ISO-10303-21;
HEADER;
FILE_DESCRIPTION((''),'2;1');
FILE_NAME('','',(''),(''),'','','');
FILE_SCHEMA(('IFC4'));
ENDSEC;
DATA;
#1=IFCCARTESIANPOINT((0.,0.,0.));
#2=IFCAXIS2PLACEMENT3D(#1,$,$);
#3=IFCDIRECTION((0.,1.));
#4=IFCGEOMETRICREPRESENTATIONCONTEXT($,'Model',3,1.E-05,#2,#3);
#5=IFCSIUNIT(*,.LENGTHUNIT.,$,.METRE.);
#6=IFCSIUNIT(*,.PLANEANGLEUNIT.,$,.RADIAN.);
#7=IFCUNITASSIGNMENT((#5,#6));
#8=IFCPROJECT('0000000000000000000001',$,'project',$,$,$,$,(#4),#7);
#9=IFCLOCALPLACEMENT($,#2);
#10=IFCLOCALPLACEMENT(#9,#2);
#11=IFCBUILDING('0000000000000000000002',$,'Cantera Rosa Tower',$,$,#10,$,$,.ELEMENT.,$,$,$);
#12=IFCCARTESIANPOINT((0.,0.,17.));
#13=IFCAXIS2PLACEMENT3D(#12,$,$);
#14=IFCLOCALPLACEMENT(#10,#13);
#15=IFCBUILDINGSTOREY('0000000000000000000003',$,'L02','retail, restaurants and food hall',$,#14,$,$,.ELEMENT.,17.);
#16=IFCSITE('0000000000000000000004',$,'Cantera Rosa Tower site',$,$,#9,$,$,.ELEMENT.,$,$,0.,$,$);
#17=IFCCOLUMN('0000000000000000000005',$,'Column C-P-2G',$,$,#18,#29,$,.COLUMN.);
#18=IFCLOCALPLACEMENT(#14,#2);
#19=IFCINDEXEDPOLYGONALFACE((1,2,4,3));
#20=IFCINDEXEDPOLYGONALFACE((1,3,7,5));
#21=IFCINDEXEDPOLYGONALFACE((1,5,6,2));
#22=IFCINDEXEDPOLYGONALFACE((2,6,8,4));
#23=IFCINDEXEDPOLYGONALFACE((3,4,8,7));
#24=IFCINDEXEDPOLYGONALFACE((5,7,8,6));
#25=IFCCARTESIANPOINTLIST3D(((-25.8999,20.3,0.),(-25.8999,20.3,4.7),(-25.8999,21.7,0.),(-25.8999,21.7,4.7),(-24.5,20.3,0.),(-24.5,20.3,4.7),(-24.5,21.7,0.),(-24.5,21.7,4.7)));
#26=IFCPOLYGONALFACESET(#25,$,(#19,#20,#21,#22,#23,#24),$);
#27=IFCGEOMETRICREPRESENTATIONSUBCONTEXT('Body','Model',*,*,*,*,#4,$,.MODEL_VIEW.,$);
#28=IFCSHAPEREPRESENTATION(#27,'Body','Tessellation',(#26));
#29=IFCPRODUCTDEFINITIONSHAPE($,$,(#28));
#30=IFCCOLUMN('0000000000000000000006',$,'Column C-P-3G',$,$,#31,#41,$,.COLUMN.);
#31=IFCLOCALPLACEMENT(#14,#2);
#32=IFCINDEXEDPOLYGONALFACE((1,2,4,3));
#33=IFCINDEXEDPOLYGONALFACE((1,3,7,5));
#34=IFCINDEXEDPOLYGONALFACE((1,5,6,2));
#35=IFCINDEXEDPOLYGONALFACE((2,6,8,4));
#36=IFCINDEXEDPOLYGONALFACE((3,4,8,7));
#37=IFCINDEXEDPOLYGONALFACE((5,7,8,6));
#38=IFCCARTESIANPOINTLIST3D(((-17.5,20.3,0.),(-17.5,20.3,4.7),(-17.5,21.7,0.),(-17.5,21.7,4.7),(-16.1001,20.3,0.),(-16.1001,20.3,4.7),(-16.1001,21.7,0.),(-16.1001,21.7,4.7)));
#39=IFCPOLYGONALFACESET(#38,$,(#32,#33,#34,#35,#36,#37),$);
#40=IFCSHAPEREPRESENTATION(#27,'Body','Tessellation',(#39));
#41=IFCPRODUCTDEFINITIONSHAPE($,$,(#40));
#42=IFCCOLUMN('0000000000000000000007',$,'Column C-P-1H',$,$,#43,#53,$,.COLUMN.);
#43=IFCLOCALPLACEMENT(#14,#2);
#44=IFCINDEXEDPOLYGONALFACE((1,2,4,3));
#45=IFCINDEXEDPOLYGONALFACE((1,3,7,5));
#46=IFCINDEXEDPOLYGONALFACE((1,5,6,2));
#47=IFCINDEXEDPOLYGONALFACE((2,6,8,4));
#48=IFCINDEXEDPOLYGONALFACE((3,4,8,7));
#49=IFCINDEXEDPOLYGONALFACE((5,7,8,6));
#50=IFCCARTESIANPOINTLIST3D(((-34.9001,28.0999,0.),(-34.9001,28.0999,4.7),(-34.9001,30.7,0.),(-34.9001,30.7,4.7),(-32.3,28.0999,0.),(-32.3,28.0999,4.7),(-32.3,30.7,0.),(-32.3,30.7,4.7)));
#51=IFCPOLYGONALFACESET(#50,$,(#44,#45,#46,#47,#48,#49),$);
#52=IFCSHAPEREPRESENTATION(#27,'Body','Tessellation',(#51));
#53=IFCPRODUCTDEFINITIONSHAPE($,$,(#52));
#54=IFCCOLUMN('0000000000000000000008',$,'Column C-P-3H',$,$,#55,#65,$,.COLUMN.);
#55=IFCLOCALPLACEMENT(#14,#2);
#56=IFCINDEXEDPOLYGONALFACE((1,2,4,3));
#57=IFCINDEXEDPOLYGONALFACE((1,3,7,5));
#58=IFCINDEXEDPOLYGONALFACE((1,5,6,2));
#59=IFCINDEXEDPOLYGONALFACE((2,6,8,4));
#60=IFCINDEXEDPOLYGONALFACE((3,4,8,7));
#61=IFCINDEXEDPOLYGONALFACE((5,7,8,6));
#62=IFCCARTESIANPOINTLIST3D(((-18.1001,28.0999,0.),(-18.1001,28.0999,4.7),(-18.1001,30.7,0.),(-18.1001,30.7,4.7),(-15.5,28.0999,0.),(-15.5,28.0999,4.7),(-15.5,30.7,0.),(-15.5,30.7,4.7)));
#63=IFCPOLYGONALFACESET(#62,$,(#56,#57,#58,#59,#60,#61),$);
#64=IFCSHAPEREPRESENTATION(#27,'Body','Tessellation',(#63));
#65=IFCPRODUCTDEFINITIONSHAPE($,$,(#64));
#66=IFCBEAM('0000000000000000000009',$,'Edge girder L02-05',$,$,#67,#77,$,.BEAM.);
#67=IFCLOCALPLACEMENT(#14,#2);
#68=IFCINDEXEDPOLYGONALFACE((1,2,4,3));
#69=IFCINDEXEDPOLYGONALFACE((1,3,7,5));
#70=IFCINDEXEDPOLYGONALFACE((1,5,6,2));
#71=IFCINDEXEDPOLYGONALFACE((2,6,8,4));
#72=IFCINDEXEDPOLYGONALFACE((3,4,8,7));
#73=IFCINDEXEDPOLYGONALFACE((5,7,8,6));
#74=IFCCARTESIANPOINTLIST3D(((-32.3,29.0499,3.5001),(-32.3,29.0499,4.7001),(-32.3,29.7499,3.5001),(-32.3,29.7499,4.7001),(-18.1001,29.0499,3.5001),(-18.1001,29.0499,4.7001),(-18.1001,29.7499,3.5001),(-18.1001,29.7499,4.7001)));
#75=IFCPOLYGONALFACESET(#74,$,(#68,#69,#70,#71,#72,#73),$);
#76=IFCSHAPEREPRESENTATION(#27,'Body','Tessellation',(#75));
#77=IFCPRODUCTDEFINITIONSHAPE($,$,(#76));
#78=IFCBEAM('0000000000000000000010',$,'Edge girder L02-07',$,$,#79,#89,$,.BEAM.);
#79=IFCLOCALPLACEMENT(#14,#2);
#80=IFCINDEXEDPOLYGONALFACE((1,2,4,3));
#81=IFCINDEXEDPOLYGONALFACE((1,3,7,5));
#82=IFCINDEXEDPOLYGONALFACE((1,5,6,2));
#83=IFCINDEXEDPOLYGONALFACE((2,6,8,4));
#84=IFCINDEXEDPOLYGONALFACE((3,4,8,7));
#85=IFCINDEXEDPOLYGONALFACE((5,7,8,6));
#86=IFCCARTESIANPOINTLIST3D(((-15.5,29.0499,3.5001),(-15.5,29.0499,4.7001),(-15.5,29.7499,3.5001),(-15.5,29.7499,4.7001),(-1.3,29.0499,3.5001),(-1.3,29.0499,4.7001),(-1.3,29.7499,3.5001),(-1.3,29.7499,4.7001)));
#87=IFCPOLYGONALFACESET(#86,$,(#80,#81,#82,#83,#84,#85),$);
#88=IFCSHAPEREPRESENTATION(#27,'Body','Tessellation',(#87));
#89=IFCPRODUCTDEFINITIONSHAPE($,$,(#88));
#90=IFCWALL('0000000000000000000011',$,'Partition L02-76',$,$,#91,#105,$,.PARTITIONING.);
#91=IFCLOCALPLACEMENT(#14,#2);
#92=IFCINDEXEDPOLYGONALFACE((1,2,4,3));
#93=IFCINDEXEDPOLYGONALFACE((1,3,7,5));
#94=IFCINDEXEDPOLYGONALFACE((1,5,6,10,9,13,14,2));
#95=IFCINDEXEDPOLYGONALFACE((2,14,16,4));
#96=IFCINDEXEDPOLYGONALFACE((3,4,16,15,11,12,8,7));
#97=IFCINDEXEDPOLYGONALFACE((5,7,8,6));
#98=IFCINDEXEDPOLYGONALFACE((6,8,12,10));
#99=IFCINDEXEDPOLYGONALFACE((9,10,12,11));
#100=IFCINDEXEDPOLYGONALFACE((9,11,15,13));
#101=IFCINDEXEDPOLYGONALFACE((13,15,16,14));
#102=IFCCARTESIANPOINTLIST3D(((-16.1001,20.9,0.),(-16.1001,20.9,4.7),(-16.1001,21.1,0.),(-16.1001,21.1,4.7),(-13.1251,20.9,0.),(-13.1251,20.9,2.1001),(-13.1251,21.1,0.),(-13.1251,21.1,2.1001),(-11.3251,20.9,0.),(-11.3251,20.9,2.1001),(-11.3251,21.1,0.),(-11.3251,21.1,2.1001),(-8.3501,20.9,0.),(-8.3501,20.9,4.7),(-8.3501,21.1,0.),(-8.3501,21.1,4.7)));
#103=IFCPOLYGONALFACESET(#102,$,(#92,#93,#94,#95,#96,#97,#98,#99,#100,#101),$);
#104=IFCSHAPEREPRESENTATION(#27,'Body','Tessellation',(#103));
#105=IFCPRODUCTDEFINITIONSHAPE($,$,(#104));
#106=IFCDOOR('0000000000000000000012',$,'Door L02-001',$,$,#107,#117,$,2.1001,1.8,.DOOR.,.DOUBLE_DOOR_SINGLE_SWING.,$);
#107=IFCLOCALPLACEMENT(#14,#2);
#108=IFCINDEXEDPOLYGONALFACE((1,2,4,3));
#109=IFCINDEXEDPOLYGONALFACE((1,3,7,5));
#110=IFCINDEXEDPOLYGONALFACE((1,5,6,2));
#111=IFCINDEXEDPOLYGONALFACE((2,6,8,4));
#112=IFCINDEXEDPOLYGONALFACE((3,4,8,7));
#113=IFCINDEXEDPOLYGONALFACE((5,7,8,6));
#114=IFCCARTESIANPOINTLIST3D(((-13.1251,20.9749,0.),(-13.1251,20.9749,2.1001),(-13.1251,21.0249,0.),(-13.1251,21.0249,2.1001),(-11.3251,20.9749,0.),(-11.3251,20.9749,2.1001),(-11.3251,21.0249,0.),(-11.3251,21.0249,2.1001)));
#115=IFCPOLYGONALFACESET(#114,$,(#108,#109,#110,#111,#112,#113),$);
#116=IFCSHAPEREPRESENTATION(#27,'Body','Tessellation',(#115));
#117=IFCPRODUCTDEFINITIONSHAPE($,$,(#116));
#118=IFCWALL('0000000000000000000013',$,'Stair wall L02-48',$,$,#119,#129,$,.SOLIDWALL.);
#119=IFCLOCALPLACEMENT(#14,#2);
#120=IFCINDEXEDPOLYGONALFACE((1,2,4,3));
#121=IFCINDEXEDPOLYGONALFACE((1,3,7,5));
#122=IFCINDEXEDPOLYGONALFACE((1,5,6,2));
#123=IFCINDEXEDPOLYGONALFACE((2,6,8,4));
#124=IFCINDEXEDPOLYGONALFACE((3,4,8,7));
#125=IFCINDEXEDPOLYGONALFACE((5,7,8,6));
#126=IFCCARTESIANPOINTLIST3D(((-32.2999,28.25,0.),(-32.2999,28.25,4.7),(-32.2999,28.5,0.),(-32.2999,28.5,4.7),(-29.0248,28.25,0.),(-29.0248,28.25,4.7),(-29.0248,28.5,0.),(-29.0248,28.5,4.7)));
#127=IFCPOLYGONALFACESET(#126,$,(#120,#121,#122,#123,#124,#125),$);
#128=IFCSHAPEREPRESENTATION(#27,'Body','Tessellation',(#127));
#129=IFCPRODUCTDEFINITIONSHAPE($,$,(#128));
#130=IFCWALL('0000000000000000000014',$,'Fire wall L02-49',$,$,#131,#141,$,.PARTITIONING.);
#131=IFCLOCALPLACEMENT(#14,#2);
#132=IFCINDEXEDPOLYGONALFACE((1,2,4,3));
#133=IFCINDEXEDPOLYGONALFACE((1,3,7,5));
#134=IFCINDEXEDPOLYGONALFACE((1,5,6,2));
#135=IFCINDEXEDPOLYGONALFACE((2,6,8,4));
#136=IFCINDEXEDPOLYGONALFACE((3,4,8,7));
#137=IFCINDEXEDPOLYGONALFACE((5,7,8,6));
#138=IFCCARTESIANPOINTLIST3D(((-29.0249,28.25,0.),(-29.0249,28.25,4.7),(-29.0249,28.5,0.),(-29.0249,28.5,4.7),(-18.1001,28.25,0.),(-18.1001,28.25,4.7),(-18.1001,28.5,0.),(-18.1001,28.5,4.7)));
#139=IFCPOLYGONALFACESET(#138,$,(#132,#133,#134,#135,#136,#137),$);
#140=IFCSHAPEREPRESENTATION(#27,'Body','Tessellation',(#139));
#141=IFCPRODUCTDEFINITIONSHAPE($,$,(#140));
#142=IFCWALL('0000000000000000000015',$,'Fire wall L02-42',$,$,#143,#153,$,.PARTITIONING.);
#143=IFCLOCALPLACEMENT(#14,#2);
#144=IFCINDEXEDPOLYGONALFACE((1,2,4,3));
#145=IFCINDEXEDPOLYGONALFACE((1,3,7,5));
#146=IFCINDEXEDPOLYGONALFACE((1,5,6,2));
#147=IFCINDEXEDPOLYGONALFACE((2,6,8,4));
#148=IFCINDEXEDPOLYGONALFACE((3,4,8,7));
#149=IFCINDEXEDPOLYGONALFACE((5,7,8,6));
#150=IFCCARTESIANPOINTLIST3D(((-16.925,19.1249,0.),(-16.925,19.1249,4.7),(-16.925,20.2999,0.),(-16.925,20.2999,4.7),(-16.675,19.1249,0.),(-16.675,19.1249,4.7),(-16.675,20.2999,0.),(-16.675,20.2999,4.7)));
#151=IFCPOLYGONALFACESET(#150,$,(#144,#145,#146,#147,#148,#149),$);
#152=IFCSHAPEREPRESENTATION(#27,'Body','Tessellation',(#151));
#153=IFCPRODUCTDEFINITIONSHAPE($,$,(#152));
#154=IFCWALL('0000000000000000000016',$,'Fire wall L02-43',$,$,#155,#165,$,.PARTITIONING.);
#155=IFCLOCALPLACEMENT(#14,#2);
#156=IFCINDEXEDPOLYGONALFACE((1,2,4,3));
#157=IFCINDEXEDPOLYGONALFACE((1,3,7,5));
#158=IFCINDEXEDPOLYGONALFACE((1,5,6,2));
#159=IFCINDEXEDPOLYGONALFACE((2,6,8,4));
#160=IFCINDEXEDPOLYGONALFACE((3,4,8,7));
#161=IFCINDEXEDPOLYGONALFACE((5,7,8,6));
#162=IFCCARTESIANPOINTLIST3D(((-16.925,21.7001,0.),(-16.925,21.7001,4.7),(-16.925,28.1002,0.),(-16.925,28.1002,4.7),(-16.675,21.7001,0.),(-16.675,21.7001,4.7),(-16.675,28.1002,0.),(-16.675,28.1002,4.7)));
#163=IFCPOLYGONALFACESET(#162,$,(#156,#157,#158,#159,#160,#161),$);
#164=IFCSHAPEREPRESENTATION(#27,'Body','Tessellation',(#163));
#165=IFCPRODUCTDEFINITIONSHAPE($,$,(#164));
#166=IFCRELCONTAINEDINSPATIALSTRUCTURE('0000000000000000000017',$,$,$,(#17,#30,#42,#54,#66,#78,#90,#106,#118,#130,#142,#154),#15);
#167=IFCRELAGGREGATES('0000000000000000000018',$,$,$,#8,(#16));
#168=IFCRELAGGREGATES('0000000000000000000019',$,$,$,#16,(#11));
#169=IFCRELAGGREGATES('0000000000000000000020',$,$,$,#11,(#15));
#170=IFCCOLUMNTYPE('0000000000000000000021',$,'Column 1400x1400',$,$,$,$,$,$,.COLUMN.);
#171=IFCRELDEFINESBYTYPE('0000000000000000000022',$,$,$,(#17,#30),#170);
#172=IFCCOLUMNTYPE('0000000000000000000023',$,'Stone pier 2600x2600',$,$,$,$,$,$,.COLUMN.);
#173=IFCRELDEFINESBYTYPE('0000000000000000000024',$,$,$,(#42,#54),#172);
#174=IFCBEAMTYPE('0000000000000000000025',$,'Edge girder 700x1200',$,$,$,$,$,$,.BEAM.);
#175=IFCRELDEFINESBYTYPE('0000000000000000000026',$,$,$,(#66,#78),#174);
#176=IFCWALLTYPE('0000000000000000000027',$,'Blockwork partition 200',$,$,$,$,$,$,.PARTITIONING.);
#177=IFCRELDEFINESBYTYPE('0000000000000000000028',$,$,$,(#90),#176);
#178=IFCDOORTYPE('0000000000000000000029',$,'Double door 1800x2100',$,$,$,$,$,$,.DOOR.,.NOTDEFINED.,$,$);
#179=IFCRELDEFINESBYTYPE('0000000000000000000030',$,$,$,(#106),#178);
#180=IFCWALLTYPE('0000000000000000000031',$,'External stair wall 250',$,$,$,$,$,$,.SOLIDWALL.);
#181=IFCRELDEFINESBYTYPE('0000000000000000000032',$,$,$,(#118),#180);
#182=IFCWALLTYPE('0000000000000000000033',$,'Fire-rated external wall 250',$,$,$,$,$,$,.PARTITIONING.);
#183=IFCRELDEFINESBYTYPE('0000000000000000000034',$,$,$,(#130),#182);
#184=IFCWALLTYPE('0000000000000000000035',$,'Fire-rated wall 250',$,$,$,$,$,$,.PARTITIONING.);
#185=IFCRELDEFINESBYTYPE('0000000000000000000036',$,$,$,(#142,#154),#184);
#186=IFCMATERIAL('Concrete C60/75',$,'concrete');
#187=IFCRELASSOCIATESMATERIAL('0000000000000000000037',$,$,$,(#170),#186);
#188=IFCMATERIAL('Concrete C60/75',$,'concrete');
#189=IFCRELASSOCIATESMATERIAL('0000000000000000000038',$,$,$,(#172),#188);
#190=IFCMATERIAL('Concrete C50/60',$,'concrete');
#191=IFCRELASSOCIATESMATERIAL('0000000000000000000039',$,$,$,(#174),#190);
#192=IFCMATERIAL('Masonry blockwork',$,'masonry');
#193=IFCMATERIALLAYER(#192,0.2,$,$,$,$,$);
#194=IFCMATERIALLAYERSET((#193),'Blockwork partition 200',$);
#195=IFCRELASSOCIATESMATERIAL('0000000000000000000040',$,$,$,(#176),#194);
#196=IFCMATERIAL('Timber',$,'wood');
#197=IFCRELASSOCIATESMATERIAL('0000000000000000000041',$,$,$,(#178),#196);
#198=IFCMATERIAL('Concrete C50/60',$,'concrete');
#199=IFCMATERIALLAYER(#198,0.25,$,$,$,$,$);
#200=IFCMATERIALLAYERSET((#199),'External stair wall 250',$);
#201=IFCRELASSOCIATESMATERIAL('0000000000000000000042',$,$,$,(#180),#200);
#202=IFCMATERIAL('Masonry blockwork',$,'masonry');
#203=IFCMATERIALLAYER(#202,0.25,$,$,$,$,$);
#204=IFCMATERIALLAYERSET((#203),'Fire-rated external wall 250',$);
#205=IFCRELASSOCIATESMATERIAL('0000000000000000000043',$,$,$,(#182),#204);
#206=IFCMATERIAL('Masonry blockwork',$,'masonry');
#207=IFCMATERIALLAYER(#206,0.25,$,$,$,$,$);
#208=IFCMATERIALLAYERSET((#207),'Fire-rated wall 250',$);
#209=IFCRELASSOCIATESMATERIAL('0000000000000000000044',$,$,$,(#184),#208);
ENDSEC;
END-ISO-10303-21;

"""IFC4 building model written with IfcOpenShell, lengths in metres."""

from ifc_helpers import new_model, si_unit, direction, frame, frame_2d, origin, origin_2d, place, context, subcontext, project, spatial, rectangle, extrude, material, layer, layer_set, material_profile, profile_set, type_object, element, fill, save


model = new_model("IFC4")

# Units and contexts
model_context = context("Model", 3, precision=1e-05, world=origin(), true_north=direction((0.0, 1.0)))
body_context = subcontext(model_context, "Body", "Model", "MODEL_VIEW")
ifc_project = project(units=[si_unit("LENGTHUNIT", "METRE"), si_unit("PLANEANGLEUNIT", "RADIAN")], contexts=[model_context])

# Site, building, storey
site_placement = place(None, origin())
site = spatial("IfcSite", under=ifc_project, at=site_placement, Name="Cantera Rosa Tower site", CompositionType="ELEMENT", RefElevation=0.0)
building_placement = place(site_placement, origin())
building = spatial("IfcBuilding", under=site, at=building_placement, Name="Cantera Rosa Tower", CompositionType="ELEMENT")
storey_placement = place(building_placement, frame((0.0, 0.0, 17.0)))
storey = spatial("IfcBuildingStorey", under=building, at=storey_placement, Name="L02", Description="retail, restaurants and food hall", CompositionType="ELEMENT", Elevation=17.0)

# Columns
ifc_material_1 = material(Name="Concrete C60/75", Category="concrete")
ifc_material_profile_1 = material_profile(ifc_material_1, rectangle(XDim=1.3999, YDim=1.3999, at=origin_2d()), Name="Column 1400x1400")
ifc_profile_set_1 = profile_set([ifc_material_profile_1], Name="Concrete C60/75")
column_type_1 = type_object("IfcColumnType", Name="Column 1400x1400", PredefinedType="COLUMN", material=ifc_profile_set_1)
for number, where, z_axis, x_axis, name in (
    (1, (-25.2, 21.0, 0.0), (0.0, 0.0, 1.0), (1.0, 0.0, 0.0), "Column C-P-2G"),
    (2, (-16.8, 21.0, 0.0), (0.0, 0.0, 1.0), (1.0, 0.0, 0.0), "Column C-P-3G"),
):
    element("IfcColumn", number, at=place(storey_placement, frame(where, z_axis=z_axis, x_axis=x_axis)), inside=storey, type_object=column_type_1, Name=name, PredefinedType="COLUMN", context=body_context, shape_type="SweptSolid", body=[
        extrude(rectangle(XDim=1.3999, YDim=1.3999, at=origin_2d()), origin(), (0.0, 0.0, 1.0), 4.7),
    ])
ifc_material_2 = material(Name="Concrete C60/75", Category="concrete")
ifc_material_profile_2 = material_profile(ifc_material_2, rectangle(XDim=2.6001, YDim=2.6001, at=origin_2d()), Name="Stone pier 2600x2600")
ifc_profile_set_2 = profile_set([ifc_material_profile_2], Name="Concrete C60/75")
column_type_2 = type_object("IfcColumnType", Name="Stone pier 2600x2600", PredefinedType="COLUMN", material=ifc_profile_set_2)
for number, where, z_axis, x_axis, name in (
    (3, (-33.6001, 29.3999, 0.0), (0.0, 0.0, 1.0), (1.0, 0.0, 0.0), "Column C-P-1H"),
    (4, (-16.8, 29.3999, 0.0), (0.0, 0.0, 1.0), (1.0, 0.0, 0.0), "Column C-P-3H"),
):
    element("IfcColumn", number, at=place(storey_placement, frame(where, z_axis=z_axis, x_axis=x_axis)), inside=storey, type_object=column_type_2, Name=name, PredefinedType="COLUMN", context=body_context, shape_type="SweptSolid", body=[
        extrude(rectangle(XDim=2.6001, YDim=2.6001, at=origin_2d()), origin(), (0.0, 0.0, 1.0), 4.7),
    ])

# Beams
ifc_material_3 = material(Name="Concrete C50/60", Category="concrete")
ifc_material_profile_3 = material_profile(ifc_material_3, rectangle(XDim=0.7, YDim=1.2, at=origin_2d()), Name="Edge girder 700x1200")
ifc_profile_set_3 = profile_set([ifc_material_profile_3], Name="Concrete C50/60")
beam_type = type_object("IfcBeamType", Name="Edge girder 700x1200", PredefinedType="BEAM", material=ifc_profile_set_3)
for number, where, z_axis, x_axis, name in (
    (5, (-32.3, 29.3999, 4.1001), (1.0, 0.0, 0.0), (0.0, 1.0, 0.0), "Edge girder L02-05"),
    (6, (-15.5, 29.3999, 4.1001), (1.0, 0.0, 0.0), (0.0, 1.0, 0.0), "Edge girder L02-07"),
):
    element("IfcBeam", number, at=place(storey_placement, frame(where, z_axis=z_axis, x_axis=x_axis)), inside=storey, type_object=beam_type, Name=name, PredefinedType="BEAM", context=body_context, shape_type="SweptSolid", body=[
        extrude(rectangle(XDim=0.7, YDim=1.2, at=origin_2d()), origin(), (0.0, 0.0, 1.0), 14.2),
    ])

# Wall, opening, door
ifc_material_4 = material(Name="Masonry blockwork", Category="masonry")
ifc_layer_1 = layer(ifc_material_4, 0.2)
ifc_layer_set_1 = layer_set([ifc_layer_1], Name="Blockwork partition 200")
wall_type_1 = type_object("IfcWallType", Name="Blockwork partition 200", PredefinedType="PARTITIONING", material=ifc_layer_set_1)
wall_1_placement = place(storey_placement, frame((-16.1001, 21.0, 0.0), z_axis=(0.0, 0.0, 1.0), x_axis=(1.0, 0.0, 0.0)))
wall_1 = element("IfcWall", 7, at=wall_1_placement, inside=storey, type_object=wall_type_1, Name="Partition L02-76", PredefinedType="PARTITIONING", context=body_context, shape_type="SweptSolid", body=[
    extrude(rectangle(XDim=7.75, YDim=0.2, at=frame_2d((3.875, 0.0))), origin(), (0.0, 0.0, 1.0), 4.7),
])
opening_1_placement = place(wall_1_placement, frame((2.9751, 0.0, 0.0)))
opening_1 = element("IfcOpeningElement", 8, at=opening_1_placement, cuts=wall_1, PredefinedType="OPENING", context=body_context, shape_type="SweptSolid", body=[
    extrude(rectangle(XDim=1.8, YDim=2.1001, at=frame_2d((0.8999, 1.05))), frame((0.0, 0.1099, 0.0), z_axis=(0.0, -1.0, 0.0), x_axis=(1.0, 0.0, 0.0)), (0.0, 0.0, 1.0), 0.22),
])
ifc_material_5 = material(Name="Timber", Category="wood")
door_type_1 = type_object("IfcDoorType", Name="Double door 1800x2100", OperationType="NOTDEFINED", PredefinedType="DOOR", material=ifc_material_5)
door_1_placement = place(opening_1_placement, origin())
door_1 = element("IfcDoor", 9, at=door_1_placement, inside=storey, type_object=door_type_1, Name="Door L02-001", OperationType="DOUBLE_DOOR_SINGLE_SWING", OverallHeight=2.1001, OverallWidth=1.8, PredefinedType="DOOR", context=body_context, shape_type="SweptSolid", body=[
    extrude(rectangle(XDim=1.8, YDim=2.1001, at=frame_2d((0.8999, 1.05))), frame((0.0, 0.0249, 0.0), z_axis=(0.0, -1.0, 0.0), x_axis=(1.0, 0.0, 0.0)), (0.0, 0.0, 1.0), 0.05),
])
fill(opening_1, door_1)

# Walls
ifc_material_6 = material(Name="Concrete C50/60", Category="concrete")
ifc_layer_2 = layer(ifc_material_6, 0.25)
ifc_layer_set_2 = layer_set([ifc_layer_2], Name="External stair wall 250")
wall_type_2 = type_object("IfcWallType", Name="External stair wall 250", PredefinedType="SOLIDWALL", material=ifc_layer_set_2)
wall_2_placement = place(storey_placement, frame((-32.3, 28.375, 0.0), z_axis=(0.0, 0.0, 1.0), x_axis=(1.0, 0.0, 0.0)))
element("IfcWall", 10, at=wall_2_placement, inside=storey, type_object=wall_type_2, Name="Stair wall L02-48", PredefinedType="SOLIDWALL", context=body_context, shape_type="SweptSolid", body=[
    extrude(rectangle(XDim=3.2751, YDim=0.25, at=frame_2d((1.6377, 0.0))), origin(), (0.0, 0.0, 1.0), 4.7),
])
ifc_material_7 = material(Name="Masonry blockwork", Category="masonry")
ifc_layer_3 = layer(ifc_material_7, 0.25)
ifc_layer_set_3 = layer_set([ifc_layer_3], Name="Fire-rated external wall 250")
wall_type_3 = type_object("IfcWallType", Name="Fire-rated external wall 250", PredefinedType="PARTITIONING", material=ifc_layer_set_3)
wall_3_placement = place(storey_placement, frame((-29.0249, 28.375, 0.0), z_axis=(0.0, 0.0, 1.0), x_axis=(1.0, 0.0, 0.0)))
element("IfcWall", 11, at=wall_3_placement, inside=storey, type_object=wall_type_3, Name="Fire wall L02-49", PredefinedType="PARTITIONING", context=body_context, shape_type="SweptSolid", body=[
    extrude(rectangle(XDim=10.9248, YDim=0.25, at=frame_2d((5.4624, 0.0))), origin(), (0.0, 0.0, 1.0), 4.7),
])
ifc_material_8 = material(Name="Masonry blockwork", Category="masonry")
ifc_layer_4 = layer(ifc_material_8, 0.25)
ifc_layer_set_4 = layer_set([ifc_layer_4], Name="Fire-rated wall 250")
wall_type_4 = type_object("IfcWallType", Name="Fire-rated wall 250", PredefinedType="PARTITIONING", material=ifc_layer_set_4)
wall_4_placement = place(storey_placement, frame((-16.8, 19.125, 0.0), z_axis=(0.0, 0.0, 1.0), x_axis=(0.0, 1.0, 0.0)))
element("IfcWall", 12, at=wall_4_placement, inside=storey, type_object=wall_type_4, Name="Fire wall L02-42", PredefinedType="PARTITIONING", context=body_context, shape_type="SweptSolid", body=[
    extrude(rectangle(XDim=1.175, YDim=0.25, at=frame_2d((0.5874, 0.0))), origin(), (0.0, 0.0, 1.0), 4.7),
])
wall_5_placement = place(storey_placement, frame((-16.8, 21.7, 0.0), z_axis=(0.0, 0.0, 1.0), x_axis=(0.0, 1.0, 0.0)))
element("IfcWall", 13, at=wall_5_placement, inside=storey, type_object=wall_type_4, Name="Fire wall L02-43", PredefinedType="PARTITIONING", context=body_context, shape_type="SweptSolid", body=[
    extrude(rectangle(XDim=6.4001, YDim=0.25, at=frame_2d((3.2002, 0.0))), origin(), (0.0, 0.0, 1.0), 4.7),
])

save(model, "model.ifc")
